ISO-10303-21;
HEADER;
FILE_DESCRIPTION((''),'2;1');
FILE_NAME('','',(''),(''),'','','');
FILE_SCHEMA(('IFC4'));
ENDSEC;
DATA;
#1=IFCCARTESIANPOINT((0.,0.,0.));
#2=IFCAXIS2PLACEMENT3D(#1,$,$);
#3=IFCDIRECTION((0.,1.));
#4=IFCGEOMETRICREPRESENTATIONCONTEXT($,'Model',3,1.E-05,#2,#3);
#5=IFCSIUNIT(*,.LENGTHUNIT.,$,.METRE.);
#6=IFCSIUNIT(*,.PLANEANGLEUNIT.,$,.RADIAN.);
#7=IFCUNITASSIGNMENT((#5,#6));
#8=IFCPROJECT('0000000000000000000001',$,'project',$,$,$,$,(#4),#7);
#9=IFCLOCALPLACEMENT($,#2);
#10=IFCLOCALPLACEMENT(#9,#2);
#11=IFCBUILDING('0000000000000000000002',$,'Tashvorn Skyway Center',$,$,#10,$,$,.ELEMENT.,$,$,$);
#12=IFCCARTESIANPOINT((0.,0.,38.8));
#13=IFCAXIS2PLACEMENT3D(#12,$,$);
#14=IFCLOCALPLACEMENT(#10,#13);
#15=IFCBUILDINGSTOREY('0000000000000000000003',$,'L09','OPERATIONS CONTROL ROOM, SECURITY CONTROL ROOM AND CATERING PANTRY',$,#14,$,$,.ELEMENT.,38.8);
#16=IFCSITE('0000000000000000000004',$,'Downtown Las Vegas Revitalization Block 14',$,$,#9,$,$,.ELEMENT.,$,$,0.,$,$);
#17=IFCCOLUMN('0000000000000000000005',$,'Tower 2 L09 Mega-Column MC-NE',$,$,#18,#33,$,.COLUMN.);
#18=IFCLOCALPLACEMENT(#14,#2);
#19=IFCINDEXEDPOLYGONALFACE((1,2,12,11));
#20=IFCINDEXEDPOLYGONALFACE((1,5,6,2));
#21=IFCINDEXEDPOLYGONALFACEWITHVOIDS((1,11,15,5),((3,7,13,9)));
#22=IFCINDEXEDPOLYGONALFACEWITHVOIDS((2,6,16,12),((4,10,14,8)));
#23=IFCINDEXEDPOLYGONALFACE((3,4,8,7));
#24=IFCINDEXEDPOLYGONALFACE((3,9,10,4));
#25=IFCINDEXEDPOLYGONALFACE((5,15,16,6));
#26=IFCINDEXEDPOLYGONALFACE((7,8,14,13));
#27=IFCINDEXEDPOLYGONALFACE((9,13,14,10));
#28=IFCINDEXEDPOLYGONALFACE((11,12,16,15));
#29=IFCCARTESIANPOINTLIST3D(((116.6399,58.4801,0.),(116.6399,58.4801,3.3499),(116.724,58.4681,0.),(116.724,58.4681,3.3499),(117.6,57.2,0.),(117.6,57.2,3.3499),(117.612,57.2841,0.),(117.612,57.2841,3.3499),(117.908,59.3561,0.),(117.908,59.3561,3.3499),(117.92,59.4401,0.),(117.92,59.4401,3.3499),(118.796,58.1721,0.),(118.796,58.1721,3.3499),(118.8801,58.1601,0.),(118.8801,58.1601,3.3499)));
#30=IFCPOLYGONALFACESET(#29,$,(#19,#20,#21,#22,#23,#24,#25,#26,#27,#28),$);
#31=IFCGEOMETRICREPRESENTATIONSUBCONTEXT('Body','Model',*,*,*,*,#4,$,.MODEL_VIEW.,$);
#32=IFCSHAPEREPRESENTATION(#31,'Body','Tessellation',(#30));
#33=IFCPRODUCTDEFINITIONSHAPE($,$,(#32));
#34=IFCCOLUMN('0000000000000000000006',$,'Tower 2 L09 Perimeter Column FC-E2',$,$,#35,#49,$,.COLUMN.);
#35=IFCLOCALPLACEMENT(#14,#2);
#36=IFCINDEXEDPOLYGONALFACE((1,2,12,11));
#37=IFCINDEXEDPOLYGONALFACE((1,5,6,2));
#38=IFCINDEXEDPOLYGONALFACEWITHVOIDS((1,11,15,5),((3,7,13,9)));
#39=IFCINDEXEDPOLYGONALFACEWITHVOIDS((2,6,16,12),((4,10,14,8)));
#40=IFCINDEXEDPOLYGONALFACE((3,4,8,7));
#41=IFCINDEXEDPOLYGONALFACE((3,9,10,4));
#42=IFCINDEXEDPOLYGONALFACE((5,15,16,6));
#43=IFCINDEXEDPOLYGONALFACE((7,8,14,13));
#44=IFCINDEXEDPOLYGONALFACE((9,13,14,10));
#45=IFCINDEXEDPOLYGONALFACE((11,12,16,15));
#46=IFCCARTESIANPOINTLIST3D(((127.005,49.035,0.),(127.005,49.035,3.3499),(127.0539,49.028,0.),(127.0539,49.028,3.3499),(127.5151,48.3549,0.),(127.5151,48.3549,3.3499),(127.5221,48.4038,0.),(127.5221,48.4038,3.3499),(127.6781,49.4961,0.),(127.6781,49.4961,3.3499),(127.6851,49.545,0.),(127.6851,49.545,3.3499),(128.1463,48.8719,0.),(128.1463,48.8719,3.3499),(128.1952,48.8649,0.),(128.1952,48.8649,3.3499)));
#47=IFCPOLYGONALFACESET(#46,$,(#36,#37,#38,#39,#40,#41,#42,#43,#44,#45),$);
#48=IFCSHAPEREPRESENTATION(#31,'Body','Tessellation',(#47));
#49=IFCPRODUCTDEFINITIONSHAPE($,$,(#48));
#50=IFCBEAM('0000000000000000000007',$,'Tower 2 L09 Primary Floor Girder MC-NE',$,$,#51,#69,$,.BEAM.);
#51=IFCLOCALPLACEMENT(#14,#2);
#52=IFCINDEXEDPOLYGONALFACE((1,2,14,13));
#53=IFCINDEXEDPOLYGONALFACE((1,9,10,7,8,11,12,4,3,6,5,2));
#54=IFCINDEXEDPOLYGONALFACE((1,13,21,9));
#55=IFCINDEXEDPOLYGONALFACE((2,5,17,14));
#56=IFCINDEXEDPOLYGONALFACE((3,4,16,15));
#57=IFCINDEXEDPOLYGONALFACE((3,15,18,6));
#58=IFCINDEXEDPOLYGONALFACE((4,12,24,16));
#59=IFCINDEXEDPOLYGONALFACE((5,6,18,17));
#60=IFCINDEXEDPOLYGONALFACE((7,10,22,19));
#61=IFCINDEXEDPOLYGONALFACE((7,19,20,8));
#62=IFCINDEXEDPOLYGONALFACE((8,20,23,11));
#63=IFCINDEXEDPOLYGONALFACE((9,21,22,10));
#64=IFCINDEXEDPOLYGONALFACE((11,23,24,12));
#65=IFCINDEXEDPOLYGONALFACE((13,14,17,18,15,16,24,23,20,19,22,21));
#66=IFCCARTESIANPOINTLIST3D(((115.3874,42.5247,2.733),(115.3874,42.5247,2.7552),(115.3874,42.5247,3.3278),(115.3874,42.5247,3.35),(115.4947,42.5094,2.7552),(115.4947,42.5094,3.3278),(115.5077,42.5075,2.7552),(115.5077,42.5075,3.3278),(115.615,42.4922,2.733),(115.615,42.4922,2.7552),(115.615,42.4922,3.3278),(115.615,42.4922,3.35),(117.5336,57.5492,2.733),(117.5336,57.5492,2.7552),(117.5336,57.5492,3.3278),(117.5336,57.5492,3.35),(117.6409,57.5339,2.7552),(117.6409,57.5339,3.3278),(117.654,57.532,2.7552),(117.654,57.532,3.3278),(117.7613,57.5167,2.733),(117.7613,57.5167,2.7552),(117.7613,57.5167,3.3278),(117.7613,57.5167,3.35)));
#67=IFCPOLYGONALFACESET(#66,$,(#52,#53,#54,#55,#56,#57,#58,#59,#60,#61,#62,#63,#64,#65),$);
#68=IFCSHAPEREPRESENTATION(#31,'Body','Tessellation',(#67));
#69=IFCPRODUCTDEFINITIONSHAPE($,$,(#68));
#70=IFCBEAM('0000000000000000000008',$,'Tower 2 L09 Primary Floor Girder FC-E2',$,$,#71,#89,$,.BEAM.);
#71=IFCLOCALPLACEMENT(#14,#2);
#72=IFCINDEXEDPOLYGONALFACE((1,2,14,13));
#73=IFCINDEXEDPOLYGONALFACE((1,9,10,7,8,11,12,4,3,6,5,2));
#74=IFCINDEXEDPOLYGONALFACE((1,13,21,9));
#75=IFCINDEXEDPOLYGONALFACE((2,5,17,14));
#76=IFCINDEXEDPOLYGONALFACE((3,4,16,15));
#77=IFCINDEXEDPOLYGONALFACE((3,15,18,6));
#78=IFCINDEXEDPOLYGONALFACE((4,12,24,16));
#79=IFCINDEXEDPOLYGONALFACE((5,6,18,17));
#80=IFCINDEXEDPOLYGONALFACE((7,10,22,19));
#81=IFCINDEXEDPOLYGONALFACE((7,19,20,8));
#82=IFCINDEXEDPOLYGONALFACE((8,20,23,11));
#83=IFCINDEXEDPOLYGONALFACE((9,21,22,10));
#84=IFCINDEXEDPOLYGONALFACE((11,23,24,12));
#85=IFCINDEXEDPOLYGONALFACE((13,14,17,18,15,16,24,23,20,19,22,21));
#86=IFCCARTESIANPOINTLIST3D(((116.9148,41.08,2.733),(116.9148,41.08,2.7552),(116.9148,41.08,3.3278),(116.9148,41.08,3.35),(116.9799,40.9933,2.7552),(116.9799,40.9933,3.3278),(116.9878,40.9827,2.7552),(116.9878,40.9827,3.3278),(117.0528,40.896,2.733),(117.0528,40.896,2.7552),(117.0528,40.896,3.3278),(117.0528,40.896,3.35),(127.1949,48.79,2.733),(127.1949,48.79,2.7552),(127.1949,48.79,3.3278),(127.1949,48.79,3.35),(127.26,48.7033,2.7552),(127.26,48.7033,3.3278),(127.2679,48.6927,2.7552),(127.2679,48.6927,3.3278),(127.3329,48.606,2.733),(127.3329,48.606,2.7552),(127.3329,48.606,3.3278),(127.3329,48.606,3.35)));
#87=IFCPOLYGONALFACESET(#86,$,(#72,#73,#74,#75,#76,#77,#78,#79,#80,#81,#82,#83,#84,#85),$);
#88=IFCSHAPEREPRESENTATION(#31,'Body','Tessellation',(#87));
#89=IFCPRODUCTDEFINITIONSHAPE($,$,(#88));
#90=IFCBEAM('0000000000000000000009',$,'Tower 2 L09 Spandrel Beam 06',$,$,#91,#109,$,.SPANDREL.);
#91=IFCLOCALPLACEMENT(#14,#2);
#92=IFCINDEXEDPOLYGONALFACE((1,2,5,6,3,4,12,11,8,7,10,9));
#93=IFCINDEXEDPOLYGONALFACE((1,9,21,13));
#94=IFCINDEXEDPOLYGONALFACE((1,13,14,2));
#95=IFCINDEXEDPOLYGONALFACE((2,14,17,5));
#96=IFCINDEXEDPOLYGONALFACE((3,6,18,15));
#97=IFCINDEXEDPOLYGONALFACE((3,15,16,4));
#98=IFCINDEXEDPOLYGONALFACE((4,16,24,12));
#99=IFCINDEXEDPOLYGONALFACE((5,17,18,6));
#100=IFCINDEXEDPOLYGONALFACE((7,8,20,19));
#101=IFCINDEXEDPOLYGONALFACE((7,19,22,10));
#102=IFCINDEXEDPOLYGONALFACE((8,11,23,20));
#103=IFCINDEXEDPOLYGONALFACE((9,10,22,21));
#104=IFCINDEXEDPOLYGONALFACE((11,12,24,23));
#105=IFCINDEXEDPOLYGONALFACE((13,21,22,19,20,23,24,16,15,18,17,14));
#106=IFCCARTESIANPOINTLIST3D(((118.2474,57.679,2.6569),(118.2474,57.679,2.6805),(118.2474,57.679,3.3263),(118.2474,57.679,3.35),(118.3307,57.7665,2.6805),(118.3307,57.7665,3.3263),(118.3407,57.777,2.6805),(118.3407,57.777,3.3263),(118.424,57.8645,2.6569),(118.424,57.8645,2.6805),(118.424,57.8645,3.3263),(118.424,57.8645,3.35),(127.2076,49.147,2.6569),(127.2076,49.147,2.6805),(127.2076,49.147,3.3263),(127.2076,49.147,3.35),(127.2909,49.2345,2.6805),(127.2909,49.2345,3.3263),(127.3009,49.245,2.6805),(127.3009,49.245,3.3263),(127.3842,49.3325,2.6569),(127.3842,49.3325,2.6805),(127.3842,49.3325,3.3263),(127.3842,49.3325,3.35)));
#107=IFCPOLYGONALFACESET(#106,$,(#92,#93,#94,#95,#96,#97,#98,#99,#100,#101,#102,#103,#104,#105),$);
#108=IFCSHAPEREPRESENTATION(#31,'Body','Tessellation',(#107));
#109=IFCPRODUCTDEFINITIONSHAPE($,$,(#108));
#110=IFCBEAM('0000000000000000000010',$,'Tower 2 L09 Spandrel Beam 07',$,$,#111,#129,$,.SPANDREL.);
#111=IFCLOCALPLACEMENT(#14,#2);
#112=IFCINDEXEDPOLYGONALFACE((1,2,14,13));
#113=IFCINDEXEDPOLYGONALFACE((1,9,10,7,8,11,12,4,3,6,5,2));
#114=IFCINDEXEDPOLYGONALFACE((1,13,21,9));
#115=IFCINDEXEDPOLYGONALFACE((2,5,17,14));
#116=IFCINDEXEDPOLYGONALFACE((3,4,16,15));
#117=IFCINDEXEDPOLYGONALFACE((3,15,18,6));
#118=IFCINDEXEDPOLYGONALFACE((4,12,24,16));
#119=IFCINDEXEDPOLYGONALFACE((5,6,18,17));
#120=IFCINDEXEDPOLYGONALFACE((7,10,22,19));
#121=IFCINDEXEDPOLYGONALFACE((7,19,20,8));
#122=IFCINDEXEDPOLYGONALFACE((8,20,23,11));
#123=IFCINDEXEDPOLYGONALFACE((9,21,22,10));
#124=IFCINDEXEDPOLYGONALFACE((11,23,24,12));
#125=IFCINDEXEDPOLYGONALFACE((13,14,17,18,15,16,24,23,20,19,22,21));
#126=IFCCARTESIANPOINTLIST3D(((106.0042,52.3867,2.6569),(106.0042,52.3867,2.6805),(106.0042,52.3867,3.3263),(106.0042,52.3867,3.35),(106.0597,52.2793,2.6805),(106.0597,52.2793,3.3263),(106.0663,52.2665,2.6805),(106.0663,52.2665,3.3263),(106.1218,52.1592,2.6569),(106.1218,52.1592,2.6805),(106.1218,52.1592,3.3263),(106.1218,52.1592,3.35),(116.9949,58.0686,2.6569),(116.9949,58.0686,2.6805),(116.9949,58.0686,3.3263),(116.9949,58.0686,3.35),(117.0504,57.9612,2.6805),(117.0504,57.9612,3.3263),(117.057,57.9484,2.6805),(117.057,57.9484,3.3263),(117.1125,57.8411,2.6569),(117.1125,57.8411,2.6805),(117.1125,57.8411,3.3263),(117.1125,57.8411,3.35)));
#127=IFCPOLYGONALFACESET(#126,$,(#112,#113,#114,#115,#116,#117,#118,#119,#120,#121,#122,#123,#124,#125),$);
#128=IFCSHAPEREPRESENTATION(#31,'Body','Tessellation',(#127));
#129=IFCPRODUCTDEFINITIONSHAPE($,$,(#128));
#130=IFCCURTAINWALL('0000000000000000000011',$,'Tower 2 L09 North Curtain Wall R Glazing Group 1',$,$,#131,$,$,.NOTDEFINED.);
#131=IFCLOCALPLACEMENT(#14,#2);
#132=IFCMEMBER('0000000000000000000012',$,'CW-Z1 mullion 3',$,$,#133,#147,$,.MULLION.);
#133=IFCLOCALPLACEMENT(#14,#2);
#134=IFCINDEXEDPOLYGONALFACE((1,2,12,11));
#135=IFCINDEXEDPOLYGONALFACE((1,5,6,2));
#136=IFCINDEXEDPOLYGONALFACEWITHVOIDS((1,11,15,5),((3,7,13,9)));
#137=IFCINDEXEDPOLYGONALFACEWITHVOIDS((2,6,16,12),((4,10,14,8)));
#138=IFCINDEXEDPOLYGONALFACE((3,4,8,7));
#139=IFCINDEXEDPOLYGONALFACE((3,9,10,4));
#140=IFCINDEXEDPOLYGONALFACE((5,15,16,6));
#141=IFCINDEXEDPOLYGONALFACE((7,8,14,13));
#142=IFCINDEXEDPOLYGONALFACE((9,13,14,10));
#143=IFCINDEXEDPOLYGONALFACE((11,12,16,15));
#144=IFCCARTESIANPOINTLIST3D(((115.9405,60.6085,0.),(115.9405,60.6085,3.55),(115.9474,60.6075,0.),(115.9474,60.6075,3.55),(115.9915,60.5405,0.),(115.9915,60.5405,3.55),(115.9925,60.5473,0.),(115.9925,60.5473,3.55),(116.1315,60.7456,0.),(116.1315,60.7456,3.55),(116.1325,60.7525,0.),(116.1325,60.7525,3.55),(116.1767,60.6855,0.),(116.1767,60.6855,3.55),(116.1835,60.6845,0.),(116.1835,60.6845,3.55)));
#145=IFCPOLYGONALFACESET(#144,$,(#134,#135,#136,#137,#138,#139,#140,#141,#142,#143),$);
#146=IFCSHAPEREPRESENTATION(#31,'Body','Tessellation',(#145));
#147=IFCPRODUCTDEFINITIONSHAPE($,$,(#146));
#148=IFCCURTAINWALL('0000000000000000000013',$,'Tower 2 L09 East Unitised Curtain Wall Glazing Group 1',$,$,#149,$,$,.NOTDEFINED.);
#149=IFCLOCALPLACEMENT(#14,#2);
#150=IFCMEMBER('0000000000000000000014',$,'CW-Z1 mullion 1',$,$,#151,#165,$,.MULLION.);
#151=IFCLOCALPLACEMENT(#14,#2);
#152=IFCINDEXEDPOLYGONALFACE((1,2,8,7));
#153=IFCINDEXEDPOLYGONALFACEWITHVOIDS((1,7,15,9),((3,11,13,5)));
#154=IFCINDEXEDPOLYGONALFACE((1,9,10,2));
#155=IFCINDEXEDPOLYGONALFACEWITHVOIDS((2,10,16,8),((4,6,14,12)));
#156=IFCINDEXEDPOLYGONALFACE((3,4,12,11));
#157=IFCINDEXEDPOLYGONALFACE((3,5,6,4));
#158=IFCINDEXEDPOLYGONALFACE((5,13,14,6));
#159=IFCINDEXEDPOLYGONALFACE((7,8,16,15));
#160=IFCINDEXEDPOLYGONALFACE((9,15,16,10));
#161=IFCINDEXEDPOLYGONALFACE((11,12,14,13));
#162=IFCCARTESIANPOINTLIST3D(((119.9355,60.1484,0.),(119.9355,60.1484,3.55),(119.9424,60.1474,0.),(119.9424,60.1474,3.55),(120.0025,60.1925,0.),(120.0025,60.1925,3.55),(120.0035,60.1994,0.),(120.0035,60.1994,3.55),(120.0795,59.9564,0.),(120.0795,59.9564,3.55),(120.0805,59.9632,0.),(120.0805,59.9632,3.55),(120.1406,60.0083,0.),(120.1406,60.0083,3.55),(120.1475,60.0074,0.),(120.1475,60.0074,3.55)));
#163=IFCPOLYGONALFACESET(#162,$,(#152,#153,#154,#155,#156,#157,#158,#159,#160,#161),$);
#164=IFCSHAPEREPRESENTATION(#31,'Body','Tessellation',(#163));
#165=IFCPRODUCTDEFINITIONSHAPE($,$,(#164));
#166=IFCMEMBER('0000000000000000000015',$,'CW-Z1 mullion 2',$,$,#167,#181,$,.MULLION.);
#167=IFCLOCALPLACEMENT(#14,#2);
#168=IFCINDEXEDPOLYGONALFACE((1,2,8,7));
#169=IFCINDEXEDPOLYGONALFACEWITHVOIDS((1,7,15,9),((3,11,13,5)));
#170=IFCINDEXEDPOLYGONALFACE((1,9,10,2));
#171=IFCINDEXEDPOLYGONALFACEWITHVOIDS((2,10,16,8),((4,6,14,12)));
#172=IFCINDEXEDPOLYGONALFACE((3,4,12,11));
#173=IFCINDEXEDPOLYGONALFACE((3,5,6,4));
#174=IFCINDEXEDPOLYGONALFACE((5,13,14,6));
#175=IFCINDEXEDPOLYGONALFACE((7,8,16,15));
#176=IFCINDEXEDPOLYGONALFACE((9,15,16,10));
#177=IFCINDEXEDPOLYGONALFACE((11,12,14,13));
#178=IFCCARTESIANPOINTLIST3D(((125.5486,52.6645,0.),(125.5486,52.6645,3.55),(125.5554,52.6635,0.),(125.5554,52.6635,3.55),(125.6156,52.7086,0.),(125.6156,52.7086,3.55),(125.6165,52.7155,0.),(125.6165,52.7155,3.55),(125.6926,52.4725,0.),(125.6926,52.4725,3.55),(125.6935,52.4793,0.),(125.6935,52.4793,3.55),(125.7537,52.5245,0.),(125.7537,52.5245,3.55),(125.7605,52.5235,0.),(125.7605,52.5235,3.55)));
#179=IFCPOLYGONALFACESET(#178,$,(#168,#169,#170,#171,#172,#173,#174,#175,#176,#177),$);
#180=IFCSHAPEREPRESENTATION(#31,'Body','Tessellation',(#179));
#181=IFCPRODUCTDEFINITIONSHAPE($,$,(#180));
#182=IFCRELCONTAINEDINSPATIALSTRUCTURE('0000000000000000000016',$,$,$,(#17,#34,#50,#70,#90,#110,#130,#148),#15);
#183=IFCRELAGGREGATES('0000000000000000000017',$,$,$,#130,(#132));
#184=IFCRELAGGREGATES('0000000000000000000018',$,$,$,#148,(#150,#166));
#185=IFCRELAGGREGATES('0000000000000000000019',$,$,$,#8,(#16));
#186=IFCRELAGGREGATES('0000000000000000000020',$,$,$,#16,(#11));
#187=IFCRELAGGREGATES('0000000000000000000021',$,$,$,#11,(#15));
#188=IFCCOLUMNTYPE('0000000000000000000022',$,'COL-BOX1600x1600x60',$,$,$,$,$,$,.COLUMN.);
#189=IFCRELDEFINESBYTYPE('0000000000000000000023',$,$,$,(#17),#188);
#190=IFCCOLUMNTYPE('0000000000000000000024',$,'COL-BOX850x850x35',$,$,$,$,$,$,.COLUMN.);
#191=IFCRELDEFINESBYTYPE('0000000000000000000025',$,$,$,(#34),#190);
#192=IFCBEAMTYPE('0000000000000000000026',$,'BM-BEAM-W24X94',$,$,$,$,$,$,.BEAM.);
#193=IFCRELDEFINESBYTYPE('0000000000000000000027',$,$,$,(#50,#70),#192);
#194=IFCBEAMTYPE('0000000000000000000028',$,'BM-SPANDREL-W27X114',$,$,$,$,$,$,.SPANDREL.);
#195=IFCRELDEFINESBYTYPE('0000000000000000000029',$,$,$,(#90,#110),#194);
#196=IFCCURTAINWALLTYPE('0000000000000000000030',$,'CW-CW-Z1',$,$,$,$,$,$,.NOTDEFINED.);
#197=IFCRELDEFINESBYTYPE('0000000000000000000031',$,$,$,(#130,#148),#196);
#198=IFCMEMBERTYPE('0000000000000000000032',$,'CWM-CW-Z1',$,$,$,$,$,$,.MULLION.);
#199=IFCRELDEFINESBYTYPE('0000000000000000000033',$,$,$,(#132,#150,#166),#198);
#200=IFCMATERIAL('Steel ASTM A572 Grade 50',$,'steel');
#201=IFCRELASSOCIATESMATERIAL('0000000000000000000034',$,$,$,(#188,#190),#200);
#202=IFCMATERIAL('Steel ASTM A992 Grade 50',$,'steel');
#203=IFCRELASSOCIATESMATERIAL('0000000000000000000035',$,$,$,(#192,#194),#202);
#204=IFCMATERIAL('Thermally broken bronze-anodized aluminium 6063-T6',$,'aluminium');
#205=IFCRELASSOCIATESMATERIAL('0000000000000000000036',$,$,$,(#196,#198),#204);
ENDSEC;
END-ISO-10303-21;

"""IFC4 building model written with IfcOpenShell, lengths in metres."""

from ifc_helpers import new_model, si_unit, direction, frame, origin, origin_2d, place, context, subcontext, project, spatial, hollow_rectangle, i_section, extrude, material, material_profile, profile_set, type_object, element, aggregate, save


model = new_model("IFC4")

# Units and contexts
model_context = context("Model", 3, precision=1e-05, world=origin(), true_north=direction((0.0, 1.0)))
body_context = subcontext(model_context, "Body", "Model", "MODEL_VIEW")
ifc_project = project(units=[si_unit("LENGTHUNIT", "METRE"), si_unit("PLANEANGLEUNIT", "RADIAN")], contexts=[model_context])

# Site, building, storey
site_placement = place(None, origin())
site = spatial("IfcSite", under=ifc_project, at=site_placement, Name="Downtown Las Vegas Revitalization Block 14", CompositionType="ELEMENT", RefElevation=0.0)
building_placement = place(site_placement, origin())
building = spatial("IfcBuilding", under=site, at=building_placement, Name="Tashvorn Skyway Center", CompositionType="ELEMENT")
storey_placement = place(building_placement, frame((0.0, 0.0, 38.8)))
storey = spatial("IfcBuildingStorey", under=building, at=storey_placement, Name="L09", Description="OPERATIONS CONTROL ROOM, SECURITY CONTROL ROOM AND CATERING PANTRY", CompositionType="ELEMENT", Elevation=38.8)

# Columns
ifc_material_1 = material(Name="Steel ASTM A572 Grade 50", Category="steel")
ifc_material_profile_1 = material_profile(ifc_material_1, hollow_rectangle(XDim=1.6001, YDim=1.6001, WallThickness=0.0601, at=origin_2d()), Name="BOX1600x1600x60")
ifc_profile_set_1 = profile_set([ifc_material_profile_1], Name="Steel ASTM A572 Grade 50")
column_type_1 = type_object("IfcColumnType", Name="COL-BOX1600x1600x60", PredefinedType="COLUMN", material=ifc_profile_set_1)
column_1_placement = place(storey_placement, frame((117.76, 58.3201, 0.0), z_axis=(0.0, 0.0, 1.0), x_axis=(0.8, 0.6, 0.0)))
element("IfcColumn", 1, at=column_1_placement, inside=storey, type_object=column_type_1, Name="Tower 2 L09 Mega-Column MC-NE", PredefinedType="COLUMN", context=body_context, shape_type="SweptSolid", body=[
    extrude(hollow_rectangle(XDim=1.6001, YDim=1.6001, WallThickness=0.0601, at=origin_2d()), origin(), (0.0, 0.0, 1.0), 3.3499),
])
ifc_material_profile_2 = material_profile(ifc_material_1, hollow_rectangle(XDim=0.8501, YDim=0.8501, WallThickness=0.0349, at=origin_2d()), Name="BOX850x850x35")
ifc_profile_set_2 = profile_set([ifc_material_profile_2], Name="Steel ASTM A572 Grade 50")
column_type_2 = type_object("IfcColumnType", Name="COL-BOX850x850x35", PredefinedType="COLUMN", material=ifc_profile_set_2)
column_2_placement = place(storey_placement, frame((127.6001, 48.95, 0.0), z_axis=(0.0, 0.0, 1.0), x_axis=(0.8, 0.6, 0.0)))
element("IfcColumn", 2, at=column_2_placement, inside=storey, type_object=column_type_2, Name="Tower 2 L09 Perimeter Column FC-E2", PredefinedType="COLUMN", context=body_context, shape_type="SweptSolid", body=[
    extrude(hollow_rectangle(XDim=0.8501, YDim=0.8501, WallThickness=0.0349, at=origin_2d()), origin(), (0.0, 0.0, 1.0), 3.3499),
])

# Beams
ifc_material_2 = material(Name="Steel ASTM A992 Grade 50", Category="steel")
ifc_material_profile_3 = material_profile(ifc_material_2, i_section(OverallWidth=0.23, OverallDepth=0.6169, WebThickness=0.0132, FlangeThickness=0.0222, at=origin_2d()), Name="W24X94")
ifc_profile_set_3 = profile_set([ifc_material_profile_3], Name="Steel ASTM A992 Grade 50")
beam_type_1 = type_object("IfcBeamType", Name="BM-BEAM-W24X94", PredefinedType="BEAM", material=ifc_profile_set_3)
beam_1_placement = place(storey_placement, frame((117.6475, 57.533, 3.0415), z_axis=(-0.141415, -0.98995, 0.0), x_axis=(0.98995, -0.141415, 0.0)))
element("IfcBeam", 3, at=beam_1_placement, inside=storey, type_object=beam_type_1, Name="Tower 2 L09 Primary Floor Girder MC-NE", PredefinedType="BEAM", context=body_context, shape_type="SweptSolid", body=[
    extrude(i_section(OverallWidth=0.23, OverallDepth=0.6169, WebThickness=0.0132, FlangeThickness=0.0222, at=origin_2d()), origin(), (0.0, 0.0, 1.0), 15.177),
])
beam_2_placement = place(storey_placement, frame((127.2639, 48.698, 3.0415), z_axis=(-0.800002, -0.599997, 0.0), x_axis=(0.599997, -0.800002, 0.0)))
element("IfcBeam", 4, at=beam_2_placement, inside=storey, type_object=beam_type_1, Name="Tower 2 L09 Primary Floor Girder FC-E2", PredefinedType="BEAM", context=body_context, shape_type="SweptSolid", body=[
    extrude(i_section(OverallWidth=0.23, OverallDepth=0.6169, WebThickness=0.0132, FlangeThickness=0.0222, at=origin_2d()), origin(), (0.0, 0.0, 1.0), 12.8501),
])
ifc_material_profile_4 = material_profile(ifc_material_2, i_section(OverallWidth=0.2561, OverallDepth=0.6931, WebThickness=0.0144, FlangeThickness=0.0237, at=origin_2d()), Name="W27X114")
ifc_profile_set_4 = profile_set([ifc_material_profile_4], Name="Steel ASTM A992 Grade 50")
beam_type_2 = type_object("IfcBeamType", Name="BM-SPANDREL-W27X114", PredefinedType="SPANDREL", material=ifc_profile_set_4)
for number, where, z_axis, x_axis, name in (
    (5, (127.2959, 49.2397, 3.0034), (-0.7242, 0.68959, 0.0), (-0.68959, -0.7242, 0.0), "Tower 2 L09 Spandrel Beam 06"),
    (6, (117.0537, 57.9548, 3.0034), (-0.888316, -0.459233, 0.0), (0.459233, -0.888316, 0.0), "Tower 2 L09 Spandrel Beam 07"),
):
    element("IfcBeam", number, at=place(storey_placement, frame(where, z_axis=z_axis, x_axis=x_axis)), inside=storey, type_object=beam_type_2, Name=name, PredefinedType="SPANDREL", context=body_context, shape_type="SweptSolid", body=[
        extrude(i_section(OverallWidth=0.2561, OverallDepth=0.6931, WebThickness=0.0144, FlangeThickness=0.0237, at=origin_2d()), origin(), (0.0, 0.0, 1.0), 12.3726),
    ])

# Curtain wall, member
ifc_material_3 = material(Name="Thermally broken bronze-anodized aluminium 6063-T6", Category="aluminium")
curtain_wall_type = type_object("IfcCurtainWallType", Name="CW-CW-Z1", PredefinedType="NOTDEFINED", material=ifc_material_3)
curtain_wall_1_placement = place(storey_placement, origin())
curtain_wall_1 = element("IfcCurtainWall", 7, at=curtain_wall_1_placement, inside=storey, type_object=curtain_wall_type, Name="Tower 2 L09 North Curtain Wall R Glazing Group 1", PredefinedType="NOTDEFINED")
ifc_material_profile_5 = material_profile(ifc_material_3, hollow_rectangle(XDim=0.085, YDim=0.24, WallThickness=0.0049, at=origin_2d()), Name="ALU-MULL-85x240")
ifc_profile_set_5 = profile_set([ifc_material_profile_5], Name="Thermally broken bronze-anodized aluminium 6063-T6")
member_type_1 = type_object("IfcMemberType", Name="CWM-CW-Z1", PredefinedType="MULLION", material=ifc_profile_set_5)
member_1_placement = place(storey_placement, frame((116.062, 60.6465, 0.0), z_axis=(0.0, 0.0, 1.0), x_axis=(-0.599998, 0.800001, 0.0)))
member_1 = element("IfcMember", 8, at=member_1_placement, type_object=member_type_1, Name="CW-Z1 mullion 3", PredefinedType="MULLION", context=body_context, shape_type="SweptSolid", body=[
    extrude(hollow_rectangle(XDim=0.085, YDim=0.24, WallThickness=0.0049, at=origin_2d()), origin(), (0.0, 0.0, 1.0), 3.55),
])

# Curtain wall, members
curtain_wall_2_placement = place(storey_placement, origin())
curtain_wall_2 = element("IfcCurtainWall", 9, at=curtain_wall_2_placement, inside=storey, type_object=curtain_wall_type, Name="Tower 2 L09 East Unitised Curtain Wall Glazing Group 1", PredefinedType="NOTDEFINED")
member_2_placement = place(storey_placement, frame((120.0415, 60.0779, 0.0), z_axis=(0.0, 0.0, 1.0), x_axis=(0.8, 0.6, 0.0)))
member_2 = element("IfcMember", 10, at=member_2_placement, type_object=member_type_1, Name="CW-Z1 mullion 1", PredefinedType="MULLION", context=body_context, shape_type="SweptSolid", body=[
    extrude(hollow_rectangle(XDim=0.085, YDim=0.24, WallThickness=0.0049, at=origin_2d()), origin(), (0.0, 0.0, 1.0), 3.55),
])
member_3_placement = place(storey_placement, frame((125.6545, 52.594, 0.0), z_axis=(0.0, 0.0, 1.0), x_axis=(0.8, 0.6, 0.0)))
member_3 = element("IfcMember", 11, at=member_3_placement, type_object=member_type_1, Name="CW-Z1 mullion 2", PredefinedType="MULLION", context=body_context, shape_type="SweptSolid", body=[
    extrude(hollow_rectangle(XDim=0.085, YDim=0.24, WallThickness=0.0049, at=origin_2d()), origin(), (0.0, 0.0, 1.0), 3.55),
])

aggregate(curtain_wall_1, [member_1])
aggregate(curtain_wall_2, [member_2, member_3])

save(model, "model.ifc")
